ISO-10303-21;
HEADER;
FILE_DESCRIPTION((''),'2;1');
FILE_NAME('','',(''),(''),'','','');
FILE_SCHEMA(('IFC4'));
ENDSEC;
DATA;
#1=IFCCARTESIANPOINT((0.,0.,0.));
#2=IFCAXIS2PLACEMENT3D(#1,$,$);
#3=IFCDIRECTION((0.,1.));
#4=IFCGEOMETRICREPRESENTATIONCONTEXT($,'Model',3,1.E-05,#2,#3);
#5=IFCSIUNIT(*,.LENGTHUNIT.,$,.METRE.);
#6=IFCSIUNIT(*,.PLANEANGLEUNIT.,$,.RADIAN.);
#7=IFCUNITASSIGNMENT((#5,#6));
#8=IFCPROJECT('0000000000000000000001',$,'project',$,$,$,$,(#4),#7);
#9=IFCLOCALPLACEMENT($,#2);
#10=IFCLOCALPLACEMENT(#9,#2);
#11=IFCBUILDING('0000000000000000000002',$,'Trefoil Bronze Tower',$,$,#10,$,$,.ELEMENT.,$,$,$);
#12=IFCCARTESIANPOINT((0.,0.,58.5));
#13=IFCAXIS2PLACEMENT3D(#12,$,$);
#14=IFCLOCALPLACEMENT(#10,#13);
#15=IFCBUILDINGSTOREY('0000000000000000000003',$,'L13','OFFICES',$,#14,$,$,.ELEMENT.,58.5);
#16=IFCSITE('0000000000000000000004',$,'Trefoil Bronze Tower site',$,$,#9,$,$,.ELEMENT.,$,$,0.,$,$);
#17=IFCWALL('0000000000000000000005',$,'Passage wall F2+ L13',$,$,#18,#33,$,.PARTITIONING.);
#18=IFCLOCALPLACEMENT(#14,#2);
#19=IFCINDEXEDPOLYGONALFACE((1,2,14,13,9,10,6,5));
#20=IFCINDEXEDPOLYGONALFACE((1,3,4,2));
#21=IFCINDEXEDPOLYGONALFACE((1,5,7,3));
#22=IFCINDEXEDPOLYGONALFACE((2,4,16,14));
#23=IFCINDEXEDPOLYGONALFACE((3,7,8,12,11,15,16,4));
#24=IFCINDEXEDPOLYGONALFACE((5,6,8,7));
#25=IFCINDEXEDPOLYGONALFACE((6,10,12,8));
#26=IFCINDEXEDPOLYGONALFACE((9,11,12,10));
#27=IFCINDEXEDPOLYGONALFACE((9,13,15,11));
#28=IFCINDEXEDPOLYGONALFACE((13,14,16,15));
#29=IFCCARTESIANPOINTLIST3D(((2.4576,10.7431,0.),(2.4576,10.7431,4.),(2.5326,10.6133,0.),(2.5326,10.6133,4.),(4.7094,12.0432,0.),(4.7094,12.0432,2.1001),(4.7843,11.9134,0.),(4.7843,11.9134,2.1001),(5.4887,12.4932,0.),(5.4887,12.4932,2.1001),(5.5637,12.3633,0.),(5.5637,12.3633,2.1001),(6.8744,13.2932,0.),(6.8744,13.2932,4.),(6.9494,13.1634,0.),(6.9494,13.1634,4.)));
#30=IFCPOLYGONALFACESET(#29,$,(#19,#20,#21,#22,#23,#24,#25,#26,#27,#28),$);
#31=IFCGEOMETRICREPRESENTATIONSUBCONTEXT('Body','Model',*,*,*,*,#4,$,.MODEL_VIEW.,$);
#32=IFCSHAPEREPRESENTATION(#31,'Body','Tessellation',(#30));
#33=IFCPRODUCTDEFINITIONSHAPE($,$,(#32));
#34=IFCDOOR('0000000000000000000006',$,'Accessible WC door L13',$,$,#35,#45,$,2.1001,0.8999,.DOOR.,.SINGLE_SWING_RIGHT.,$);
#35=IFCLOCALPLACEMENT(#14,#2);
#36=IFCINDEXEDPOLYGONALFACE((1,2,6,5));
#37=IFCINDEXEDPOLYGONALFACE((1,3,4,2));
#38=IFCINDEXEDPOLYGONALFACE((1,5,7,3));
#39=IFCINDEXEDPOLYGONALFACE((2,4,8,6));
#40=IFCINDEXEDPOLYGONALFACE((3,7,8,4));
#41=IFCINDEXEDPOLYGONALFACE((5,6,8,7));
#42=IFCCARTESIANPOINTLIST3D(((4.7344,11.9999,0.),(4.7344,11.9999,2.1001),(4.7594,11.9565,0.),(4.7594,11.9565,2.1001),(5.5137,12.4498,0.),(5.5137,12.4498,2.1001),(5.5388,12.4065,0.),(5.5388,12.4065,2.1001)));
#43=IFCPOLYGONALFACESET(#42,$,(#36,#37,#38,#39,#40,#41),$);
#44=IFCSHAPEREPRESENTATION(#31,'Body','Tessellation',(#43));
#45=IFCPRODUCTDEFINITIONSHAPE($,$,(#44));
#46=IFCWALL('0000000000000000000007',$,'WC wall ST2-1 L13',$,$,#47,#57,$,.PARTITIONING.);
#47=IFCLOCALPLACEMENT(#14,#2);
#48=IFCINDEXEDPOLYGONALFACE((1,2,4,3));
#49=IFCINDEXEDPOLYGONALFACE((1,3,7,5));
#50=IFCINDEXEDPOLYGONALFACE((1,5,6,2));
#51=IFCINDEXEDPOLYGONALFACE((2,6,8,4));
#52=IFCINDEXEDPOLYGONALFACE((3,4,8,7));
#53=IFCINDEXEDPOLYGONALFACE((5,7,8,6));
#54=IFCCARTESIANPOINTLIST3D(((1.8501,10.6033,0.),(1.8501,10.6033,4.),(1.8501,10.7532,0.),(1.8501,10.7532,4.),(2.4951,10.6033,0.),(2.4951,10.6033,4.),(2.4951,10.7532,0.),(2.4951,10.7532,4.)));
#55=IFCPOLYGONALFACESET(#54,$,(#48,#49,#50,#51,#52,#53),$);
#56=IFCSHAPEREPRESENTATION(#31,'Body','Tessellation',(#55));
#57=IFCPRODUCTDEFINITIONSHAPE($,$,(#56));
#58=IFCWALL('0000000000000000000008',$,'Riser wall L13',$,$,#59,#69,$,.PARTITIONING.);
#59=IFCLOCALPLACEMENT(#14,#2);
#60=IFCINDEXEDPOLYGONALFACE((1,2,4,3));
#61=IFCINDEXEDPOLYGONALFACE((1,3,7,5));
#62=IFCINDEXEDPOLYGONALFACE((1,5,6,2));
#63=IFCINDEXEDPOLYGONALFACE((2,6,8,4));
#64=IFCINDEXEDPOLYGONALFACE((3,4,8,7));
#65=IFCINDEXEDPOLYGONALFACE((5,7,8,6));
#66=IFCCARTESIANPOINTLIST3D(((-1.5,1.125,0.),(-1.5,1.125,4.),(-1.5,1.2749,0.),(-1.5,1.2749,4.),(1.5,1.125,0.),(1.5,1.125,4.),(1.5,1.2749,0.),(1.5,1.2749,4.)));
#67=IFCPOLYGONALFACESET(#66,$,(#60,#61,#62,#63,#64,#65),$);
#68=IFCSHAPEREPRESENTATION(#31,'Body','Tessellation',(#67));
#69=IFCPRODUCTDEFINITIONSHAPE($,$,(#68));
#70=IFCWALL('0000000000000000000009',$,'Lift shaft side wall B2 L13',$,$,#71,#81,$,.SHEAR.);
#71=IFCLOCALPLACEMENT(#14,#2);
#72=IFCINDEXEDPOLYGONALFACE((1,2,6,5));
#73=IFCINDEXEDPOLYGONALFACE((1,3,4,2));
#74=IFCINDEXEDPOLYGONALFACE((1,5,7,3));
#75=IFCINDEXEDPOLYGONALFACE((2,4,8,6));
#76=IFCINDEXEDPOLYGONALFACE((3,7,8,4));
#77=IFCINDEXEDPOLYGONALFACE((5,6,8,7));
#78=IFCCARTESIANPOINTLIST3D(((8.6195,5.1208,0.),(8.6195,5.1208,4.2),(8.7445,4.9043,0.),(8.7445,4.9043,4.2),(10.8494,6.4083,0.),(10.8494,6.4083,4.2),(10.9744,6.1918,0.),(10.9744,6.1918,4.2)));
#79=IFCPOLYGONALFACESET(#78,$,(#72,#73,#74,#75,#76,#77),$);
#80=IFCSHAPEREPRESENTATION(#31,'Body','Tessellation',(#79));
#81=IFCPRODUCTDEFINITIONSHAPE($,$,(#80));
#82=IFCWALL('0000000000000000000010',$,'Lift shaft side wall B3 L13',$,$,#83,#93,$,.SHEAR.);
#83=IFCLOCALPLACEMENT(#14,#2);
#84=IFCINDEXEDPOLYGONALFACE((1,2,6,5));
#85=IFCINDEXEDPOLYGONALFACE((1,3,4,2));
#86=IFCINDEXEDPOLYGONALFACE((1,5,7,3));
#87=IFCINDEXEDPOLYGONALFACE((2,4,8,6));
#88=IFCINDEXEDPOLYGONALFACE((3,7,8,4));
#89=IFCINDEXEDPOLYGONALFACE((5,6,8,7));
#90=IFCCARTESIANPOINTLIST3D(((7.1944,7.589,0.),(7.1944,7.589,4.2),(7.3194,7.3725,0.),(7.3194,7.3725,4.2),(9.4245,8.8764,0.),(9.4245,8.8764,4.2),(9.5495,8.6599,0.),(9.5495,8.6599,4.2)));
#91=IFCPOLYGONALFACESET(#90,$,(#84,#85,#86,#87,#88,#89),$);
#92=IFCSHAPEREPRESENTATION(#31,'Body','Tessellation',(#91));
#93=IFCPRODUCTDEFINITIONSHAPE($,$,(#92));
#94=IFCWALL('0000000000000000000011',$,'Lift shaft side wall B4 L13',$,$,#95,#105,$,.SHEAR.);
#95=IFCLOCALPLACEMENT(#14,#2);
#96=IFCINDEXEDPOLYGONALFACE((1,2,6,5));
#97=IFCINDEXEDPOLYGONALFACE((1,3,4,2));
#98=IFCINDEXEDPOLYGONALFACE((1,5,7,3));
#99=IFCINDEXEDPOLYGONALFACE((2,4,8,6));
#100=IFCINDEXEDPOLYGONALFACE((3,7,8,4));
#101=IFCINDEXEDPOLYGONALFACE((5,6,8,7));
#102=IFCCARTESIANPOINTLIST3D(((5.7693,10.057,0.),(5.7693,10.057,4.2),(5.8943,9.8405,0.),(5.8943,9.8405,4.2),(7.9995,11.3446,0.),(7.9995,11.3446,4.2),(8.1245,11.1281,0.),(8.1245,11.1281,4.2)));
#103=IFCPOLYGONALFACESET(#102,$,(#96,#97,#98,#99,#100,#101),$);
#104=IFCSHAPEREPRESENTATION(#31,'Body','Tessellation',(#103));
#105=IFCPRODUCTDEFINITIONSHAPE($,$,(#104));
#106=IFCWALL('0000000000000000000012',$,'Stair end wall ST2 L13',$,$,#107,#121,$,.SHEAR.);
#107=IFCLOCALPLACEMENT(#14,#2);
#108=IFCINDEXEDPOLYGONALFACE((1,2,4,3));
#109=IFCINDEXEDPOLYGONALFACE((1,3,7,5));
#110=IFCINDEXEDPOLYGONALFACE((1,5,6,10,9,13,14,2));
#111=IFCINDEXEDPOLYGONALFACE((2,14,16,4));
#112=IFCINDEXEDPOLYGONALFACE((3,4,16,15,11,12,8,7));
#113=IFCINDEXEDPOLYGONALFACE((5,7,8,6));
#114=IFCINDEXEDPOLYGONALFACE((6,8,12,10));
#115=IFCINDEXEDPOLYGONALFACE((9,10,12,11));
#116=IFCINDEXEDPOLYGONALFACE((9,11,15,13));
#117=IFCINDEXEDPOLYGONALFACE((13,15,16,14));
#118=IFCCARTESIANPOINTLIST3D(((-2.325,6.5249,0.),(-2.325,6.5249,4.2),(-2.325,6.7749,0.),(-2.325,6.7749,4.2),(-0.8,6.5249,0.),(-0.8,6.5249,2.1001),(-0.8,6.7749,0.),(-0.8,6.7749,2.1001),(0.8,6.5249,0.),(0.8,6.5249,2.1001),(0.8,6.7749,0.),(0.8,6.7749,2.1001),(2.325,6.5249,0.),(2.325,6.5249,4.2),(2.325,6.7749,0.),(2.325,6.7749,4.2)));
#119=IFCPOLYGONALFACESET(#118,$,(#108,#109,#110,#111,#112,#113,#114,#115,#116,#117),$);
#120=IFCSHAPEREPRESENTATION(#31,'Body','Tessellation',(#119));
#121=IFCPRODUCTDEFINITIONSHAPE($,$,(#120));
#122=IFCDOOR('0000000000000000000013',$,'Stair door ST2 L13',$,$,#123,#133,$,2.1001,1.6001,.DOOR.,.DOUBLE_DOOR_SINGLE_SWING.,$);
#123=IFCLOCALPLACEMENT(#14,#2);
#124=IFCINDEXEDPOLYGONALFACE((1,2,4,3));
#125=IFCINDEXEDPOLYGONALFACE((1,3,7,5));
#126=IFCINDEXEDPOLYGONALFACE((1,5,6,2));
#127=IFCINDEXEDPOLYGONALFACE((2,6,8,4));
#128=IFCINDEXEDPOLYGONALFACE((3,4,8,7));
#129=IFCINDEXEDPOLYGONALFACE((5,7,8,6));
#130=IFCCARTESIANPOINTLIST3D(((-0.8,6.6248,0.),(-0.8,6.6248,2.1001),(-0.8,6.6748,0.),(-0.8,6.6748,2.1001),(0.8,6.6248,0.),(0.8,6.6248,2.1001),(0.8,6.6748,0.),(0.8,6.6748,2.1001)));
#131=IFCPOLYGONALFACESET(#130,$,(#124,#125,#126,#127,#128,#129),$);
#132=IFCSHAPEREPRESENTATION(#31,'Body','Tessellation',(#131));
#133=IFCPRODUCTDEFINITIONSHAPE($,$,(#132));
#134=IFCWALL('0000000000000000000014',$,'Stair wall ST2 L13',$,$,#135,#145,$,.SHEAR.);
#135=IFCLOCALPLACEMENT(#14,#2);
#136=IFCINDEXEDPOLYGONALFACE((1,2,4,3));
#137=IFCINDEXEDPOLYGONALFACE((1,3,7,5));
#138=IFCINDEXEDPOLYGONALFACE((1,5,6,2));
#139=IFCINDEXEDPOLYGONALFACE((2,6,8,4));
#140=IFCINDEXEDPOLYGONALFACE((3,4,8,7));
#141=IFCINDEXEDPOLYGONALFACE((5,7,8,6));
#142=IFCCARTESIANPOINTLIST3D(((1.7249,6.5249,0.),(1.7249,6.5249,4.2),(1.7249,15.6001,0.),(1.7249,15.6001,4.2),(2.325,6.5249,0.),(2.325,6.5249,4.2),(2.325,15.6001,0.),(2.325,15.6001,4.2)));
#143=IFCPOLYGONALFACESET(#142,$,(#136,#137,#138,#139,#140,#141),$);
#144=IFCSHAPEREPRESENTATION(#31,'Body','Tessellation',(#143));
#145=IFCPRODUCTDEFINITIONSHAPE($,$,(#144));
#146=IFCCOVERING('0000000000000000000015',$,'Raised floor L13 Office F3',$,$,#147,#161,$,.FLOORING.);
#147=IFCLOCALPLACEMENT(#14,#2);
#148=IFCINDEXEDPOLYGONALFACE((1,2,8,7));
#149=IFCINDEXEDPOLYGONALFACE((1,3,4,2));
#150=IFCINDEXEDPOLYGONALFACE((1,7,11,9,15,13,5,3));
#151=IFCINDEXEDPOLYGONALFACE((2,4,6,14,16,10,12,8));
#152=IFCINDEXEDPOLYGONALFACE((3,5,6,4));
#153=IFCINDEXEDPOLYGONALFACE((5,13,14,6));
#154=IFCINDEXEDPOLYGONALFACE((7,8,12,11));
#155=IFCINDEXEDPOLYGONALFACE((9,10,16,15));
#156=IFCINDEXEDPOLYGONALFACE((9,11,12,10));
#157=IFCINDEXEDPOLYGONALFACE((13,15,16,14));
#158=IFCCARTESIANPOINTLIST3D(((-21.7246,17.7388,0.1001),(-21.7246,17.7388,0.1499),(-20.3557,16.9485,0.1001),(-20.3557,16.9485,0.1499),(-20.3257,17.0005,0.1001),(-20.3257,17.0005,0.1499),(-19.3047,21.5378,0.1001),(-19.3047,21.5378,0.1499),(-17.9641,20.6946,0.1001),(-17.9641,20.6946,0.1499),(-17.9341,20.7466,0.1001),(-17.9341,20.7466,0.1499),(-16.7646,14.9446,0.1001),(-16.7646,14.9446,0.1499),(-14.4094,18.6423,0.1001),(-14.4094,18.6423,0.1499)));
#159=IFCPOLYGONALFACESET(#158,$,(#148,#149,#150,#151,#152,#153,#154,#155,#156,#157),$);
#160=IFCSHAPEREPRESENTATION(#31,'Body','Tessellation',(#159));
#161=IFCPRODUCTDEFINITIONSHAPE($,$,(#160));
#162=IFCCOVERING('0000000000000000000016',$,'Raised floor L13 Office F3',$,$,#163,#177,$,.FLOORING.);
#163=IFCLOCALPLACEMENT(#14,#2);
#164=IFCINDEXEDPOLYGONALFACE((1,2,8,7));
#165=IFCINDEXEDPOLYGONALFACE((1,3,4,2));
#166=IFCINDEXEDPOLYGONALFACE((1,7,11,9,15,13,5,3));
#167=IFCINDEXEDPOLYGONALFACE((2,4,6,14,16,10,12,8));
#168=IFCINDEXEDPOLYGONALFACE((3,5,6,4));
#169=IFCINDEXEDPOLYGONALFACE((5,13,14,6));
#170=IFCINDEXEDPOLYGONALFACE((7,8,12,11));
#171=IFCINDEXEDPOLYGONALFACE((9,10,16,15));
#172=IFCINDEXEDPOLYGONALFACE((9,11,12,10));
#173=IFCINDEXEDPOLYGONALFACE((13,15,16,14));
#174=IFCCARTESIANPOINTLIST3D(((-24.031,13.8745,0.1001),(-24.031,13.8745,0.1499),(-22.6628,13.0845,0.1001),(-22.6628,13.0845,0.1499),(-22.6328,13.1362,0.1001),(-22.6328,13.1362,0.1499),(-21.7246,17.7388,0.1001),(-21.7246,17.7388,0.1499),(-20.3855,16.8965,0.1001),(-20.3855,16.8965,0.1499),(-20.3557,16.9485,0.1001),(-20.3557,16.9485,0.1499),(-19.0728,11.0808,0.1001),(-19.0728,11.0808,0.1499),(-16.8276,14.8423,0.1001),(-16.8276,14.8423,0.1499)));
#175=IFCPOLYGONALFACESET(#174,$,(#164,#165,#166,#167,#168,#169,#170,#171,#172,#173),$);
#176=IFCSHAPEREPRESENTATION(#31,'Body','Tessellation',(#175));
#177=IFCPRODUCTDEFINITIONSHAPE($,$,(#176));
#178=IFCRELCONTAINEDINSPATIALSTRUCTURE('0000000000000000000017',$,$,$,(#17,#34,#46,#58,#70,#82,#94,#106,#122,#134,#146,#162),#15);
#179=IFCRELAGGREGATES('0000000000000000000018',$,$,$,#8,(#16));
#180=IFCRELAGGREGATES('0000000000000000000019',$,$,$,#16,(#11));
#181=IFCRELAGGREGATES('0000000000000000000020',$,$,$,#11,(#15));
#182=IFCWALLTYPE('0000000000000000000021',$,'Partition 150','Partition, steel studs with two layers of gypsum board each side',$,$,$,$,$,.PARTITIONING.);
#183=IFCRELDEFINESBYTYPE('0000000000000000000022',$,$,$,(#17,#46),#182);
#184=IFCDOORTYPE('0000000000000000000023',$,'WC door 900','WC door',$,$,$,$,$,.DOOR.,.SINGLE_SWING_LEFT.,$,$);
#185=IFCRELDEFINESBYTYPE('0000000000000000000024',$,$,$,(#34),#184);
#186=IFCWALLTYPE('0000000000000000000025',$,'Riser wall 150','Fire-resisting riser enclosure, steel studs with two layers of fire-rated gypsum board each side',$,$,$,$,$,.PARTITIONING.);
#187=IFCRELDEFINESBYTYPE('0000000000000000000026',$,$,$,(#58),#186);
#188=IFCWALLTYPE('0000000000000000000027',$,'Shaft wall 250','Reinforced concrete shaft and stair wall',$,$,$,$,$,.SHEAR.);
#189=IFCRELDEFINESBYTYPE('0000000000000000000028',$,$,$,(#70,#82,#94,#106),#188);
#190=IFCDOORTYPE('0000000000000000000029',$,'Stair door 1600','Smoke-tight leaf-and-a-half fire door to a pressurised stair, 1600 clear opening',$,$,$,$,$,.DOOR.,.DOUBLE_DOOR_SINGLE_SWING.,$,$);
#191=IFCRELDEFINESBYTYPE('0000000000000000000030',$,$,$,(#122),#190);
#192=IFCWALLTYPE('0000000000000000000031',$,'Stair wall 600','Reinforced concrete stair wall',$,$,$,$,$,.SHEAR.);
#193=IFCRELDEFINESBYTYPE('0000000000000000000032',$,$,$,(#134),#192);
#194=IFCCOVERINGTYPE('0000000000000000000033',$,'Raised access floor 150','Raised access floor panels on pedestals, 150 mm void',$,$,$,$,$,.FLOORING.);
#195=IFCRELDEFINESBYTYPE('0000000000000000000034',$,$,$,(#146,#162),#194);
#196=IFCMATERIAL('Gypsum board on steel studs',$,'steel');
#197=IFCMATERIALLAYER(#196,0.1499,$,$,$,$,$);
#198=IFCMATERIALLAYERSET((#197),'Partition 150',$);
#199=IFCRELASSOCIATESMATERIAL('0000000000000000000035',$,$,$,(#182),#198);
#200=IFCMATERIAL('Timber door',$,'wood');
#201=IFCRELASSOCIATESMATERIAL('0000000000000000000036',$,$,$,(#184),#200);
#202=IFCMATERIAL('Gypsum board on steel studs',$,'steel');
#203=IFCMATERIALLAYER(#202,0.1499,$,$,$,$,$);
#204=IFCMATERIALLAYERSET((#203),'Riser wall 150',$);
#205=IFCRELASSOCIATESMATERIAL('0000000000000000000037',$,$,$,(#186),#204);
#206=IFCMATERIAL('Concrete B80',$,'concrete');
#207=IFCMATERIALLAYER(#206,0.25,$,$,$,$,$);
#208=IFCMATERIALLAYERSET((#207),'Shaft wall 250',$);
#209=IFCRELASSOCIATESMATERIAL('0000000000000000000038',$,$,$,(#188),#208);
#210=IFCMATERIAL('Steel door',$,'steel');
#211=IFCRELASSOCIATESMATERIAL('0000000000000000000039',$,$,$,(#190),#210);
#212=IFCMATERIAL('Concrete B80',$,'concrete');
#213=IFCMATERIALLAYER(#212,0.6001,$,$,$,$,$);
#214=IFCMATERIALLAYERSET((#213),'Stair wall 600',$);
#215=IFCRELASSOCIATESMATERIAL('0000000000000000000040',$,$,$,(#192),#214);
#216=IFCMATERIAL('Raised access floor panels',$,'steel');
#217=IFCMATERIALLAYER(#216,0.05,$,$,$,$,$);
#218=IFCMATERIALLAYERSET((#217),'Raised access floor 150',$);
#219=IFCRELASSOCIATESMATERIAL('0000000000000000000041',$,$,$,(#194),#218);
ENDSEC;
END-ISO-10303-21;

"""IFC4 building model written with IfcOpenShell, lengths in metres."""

from ifc_helpers import new_model, si_unit, direction, frame, frame_2d, origin, place, context, subcontext, project, spatial, polyline, rectangle, outline, extrude, material, layer, layer_set, type_object, element, fill, save


model = new_model("IFC4")

# Units and contexts
model_context = context("Model", 3, precision=1e-05, world=origin(), true_north=direction((0.0, 1.0)))
body_context = subcontext(model_context, "Body", "Model", "MODEL_VIEW")
ifc_project = project(units=[si_unit("LENGTHUNIT", "METRE"), si_unit("PLANEANGLEUNIT", "RADIAN")], contexts=[model_context])

# Site, building, storey
site_placement = place(None, origin())
site = spatial("IfcSite", under=ifc_project, at=site_placement, Name="Trefoil Bronze Tower site", CompositionType="ELEMENT", RefElevation=0.0)
building_placement = place(site_placement, origin())
building = spatial("IfcBuilding", under=site, at=building_placement, Name="Trefoil Bronze Tower", CompositionType="ELEMENT")
storey_placement = place(building_placement, frame((0.0, 0.0, 58.5)))
storey = spatial("IfcBuildingStorey", under=building, at=storey_placement, Name="L13", Description="OFFICES", CompositionType="ELEMENT", Elevation=58.5)

# Wall, opening, door
ifc_material_1 = material(Name="Gypsum board on steel studs", Category="steel")
ifc_layer_1 = layer(ifc_material_1, 0.1499)
ifc_layer_set_1 = layer_set([ifc_layer_1], Name="Partition 150")
wall_type_1 = type_object("IfcWallType", Name="Partition 150", Description="Partition, steel studs with two layers of gypsum board each side", PredefinedType="PARTITIONING", material=ifc_layer_set_1)
wall_1_placement = place(storey_placement, frame((2.4951, 10.6782, 0.0), z_axis=(0.0, 0.0, 1.0), x_axis=(0.866022, 0.500006, 0.0)))
wall_1 = element("IfcWall", 1, at=wall_1_placement, inside=storey, type_object=wall_type_1, Name="Passage wall F2+ L13", PredefinedType="PARTITIONING", context=body_context, shape_type="SweptSolid", body=[
    extrude(rectangle(XDim=5.1001, YDim=0.1499, at=frame_2d((2.55, 0.0))), origin(), (0.0, 0.0, 1.0), 4.0),
])
opening_1_placement = place(wall_1_placement, frame((2.6001, 0.0, 0.0)))
opening_1 = element("IfcOpeningElement", 2, at=opening_1_placement, cuts=wall_1, PredefinedType="OPENING", context=body_context, shape_type="SweptSolid", body=[
    extrude(rectangle(XDim=0.8999, YDim=2.1001, at=frame_2d((0.45, 1.05))), frame((0.0, 0.085, 0.0), z_axis=(0.0, -1.0, 0.0), x_axis=(1.0, 0.0, 0.0)), (0.0, 0.0, 1.0), 0.1699),
])
ifc_material_2 = material(Name="Timber door", Category="wood")
door_type_1 = type_object("IfcDoorType", Name="WC door 900", Description="WC door", OperationType="SINGLE_SWING_LEFT", PredefinedType="DOOR", material=ifc_material_2)
door_1_placement = place(opening_1_placement, origin())
door_1 = element("IfcDoor", 3, at=door_1_placement, inside=storey, type_object=door_type_1, Name="Accessible WC door L13", OperationType="SINGLE_SWING_RIGHT", OverallHeight=2.1001, OverallWidth=0.8999, PredefinedType="DOOR", context=body_context, shape_type="SweptSolid", body=[
    extrude(rectangle(XDim=0.8999, YDim=2.1001, at=frame_2d((0.45, 1.05))), frame((0.0, 0.0249, 0.0), z_axis=(0.0, -1.0, 0.0), x_axis=(1.0, 0.0, 0.0)), (0.0, 0.0, 1.0), 0.05),
])
fill(opening_1, door_1)

# Walls
wall_2_placement = place(storey_placement, frame((2.4951, 10.6782, 0.0), z_axis=(0.0, 0.0, 1.0), x_axis=(-1.0, 0.0, 0.0)))
element("IfcWall", 4, at=wall_2_placement, inside=storey, type_object=wall_type_1, Name="WC wall ST2-1 L13", PredefinedType="PARTITIONING", context=body_context, shape_type="SweptSolid", body=[
    extrude(rectangle(XDim=0.645, YDim=0.1499, at=frame_2d((0.3225, 0.0))), origin(), (0.0, 0.0, 1.0), 4.0),
])
ifc_material_3 = material(Name="Gypsum board on steel studs", Category="steel")
ifc_layer_2 = layer(ifc_material_3, 0.1499)
ifc_layer_set_2 = layer_set([ifc_layer_2], Name="Riser wall 150")
wall_type_2 = type_object("IfcWallType", Name="Riser wall 150", Description="Fire-resisting riser enclosure, steel studs with two layers of fire-rated gypsum board each side", PredefinedType="PARTITIONING", material=ifc_layer_set_2)
wall_3_placement = place(storey_placement, frame((1.5, 1.2, 0.0), z_axis=(0.0, 0.0, 1.0), x_axis=(-1.0, 0.0, 0.0)))
element("IfcWall", 5, at=wall_3_placement, inside=storey, type_object=wall_type_2, Name="Riser wall L13", PredefinedType="PARTITIONING", context=body_context, shape_type="SweptSolid", body=[
    extrude(rectangle(XDim=3.0, YDim=0.1499, at=frame_2d((1.5, 0.0))), origin(), (0.0, 0.0, 1.0), 4.0),
])
ifc_material_4 = material(Name="Concrete B80", Category="concrete")
ifc_layer_3 = layer(ifc_material_4, 0.25)
ifc_layer_set_3 = layer_set([ifc_layer_3], Name="Shaft wall 250")
wall_type_3 = type_object("IfcWallType", Name="Shaft wall 250", Description="Reinforced concrete shaft and stair wall", PredefinedType="SHEAR", material=ifc_layer_set_3)
for number, where, z_axis, x_axis, name in (
    (6, (8.6819, 5.0125, 0.0), (0.0, 0.0, 1.0), (0.866006, 0.500034, 0.0), "Lift shaft side wall B2 L13"),
    (7, (7.2568, 7.4807, 0.0), (0.0, 0.0, 1.0), (0.866047, 0.499963, 0.0), "Lift shaft side wall B3 L13"),
):
    element("IfcWall", number, at=place(storey_placement, frame(where, z_axis=z_axis, x_axis=x_axis)), inside=storey, type_object=wall_type_3, Name=name, PredefinedType="SHEAR", context=body_context, shape_type="SweptSolid", body=[
        extrude(rectangle(XDim=2.575, YDim=0.25, at=frame_2d((1.2876, 0.0))), origin(), (0.0, 0.0, 1.0), 4.2),
    ])
wall_4_placement = place(storey_placement, frame((5.8318, 9.9487, 0.0), z_axis=(0.0, 0.0, 1.0), x_axis=(0.866029, 0.499993, 0.0)))
element("IfcWall", 8, at=wall_4_placement, inside=storey, type_object=wall_type_3, Name="Lift shaft side wall B4 L13", PredefinedType="SHEAR", context=body_context, shape_type="SweptSolid", body=[
    extrude(rectangle(XDim=2.5752, YDim=0.25, at=frame_2d((1.2876, 0.0))), origin(), (0.0, 0.0, 1.0), 4.2),
])

# Wall, opening, door
wall_5_placement = place(storey_placement, frame((2.325, 6.6499, 0.0), z_axis=(0.0, 0.0, 1.0), x_axis=(-1.0, 0.0, 0.0)))
wall_5 = element("IfcWall", 9, at=wall_5_placement, inside=storey, type_object=wall_type_3, Name="Stair end wall ST2 L13", PredefinedType="SHEAR", context=body_context, shape_type="SweptSolid", body=[
    extrude(rectangle(XDim=4.6499, YDim=0.25, at=frame_2d((2.325, 0.0))), origin(), (0.0, 0.0, 1.0), 4.2),
])
opening_2_placement = place(wall_5_placement, frame((1.5249, 0.0, 0.0)))
opening_2 = element("IfcOpeningElement", 10, at=opening_2_placement, cuts=wall_5, PredefinedType="OPENING", context=body_context, shape_type="SweptSolid", body=[
    extrude(rectangle(XDim=1.6001, YDim=2.1001, at=frame_2d((0.8, 1.05))), frame((0.0, 0.135, 0.0), z_axis=(0.0, -1.0, 0.0), x_axis=(1.0, 0.0, 0.0)), (0.0, 0.0, 1.0), 0.27),
])
ifc_material_5 = material(Name="Steel door", Category="steel")
door_type_2 = type_object("IfcDoorType", Name="Stair door 1600", Description="Smoke-tight leaf-and-a-half fire door to a pressurised stair, 1600 clear opening", OperationType="DOUBLE_DOOR_SINGLE_SWING", PredefinedType="DOOR", material=ifc_material_5)
door_2_placement = place(opening_2_placement, frame((1.6001, 0.0, 0.0), z_axis=(0.0, 0.0, 1.0), x_axis=(-1.0, 0.0, 0.0)))
door_2 = element("IfcDoor", 11, at=door_2_placement, inside=storey, type_object=door_type_2, Name="Stair door ST2 L13", OperationType="DOUBLE_DOOR_SINGLE_SWING", OverallHeight=2.1001, OverallWidth=1.6001, PredefinedType="DOOR", context=body_context, shape_type="SweptSolid", body=[
    extrude(rectangle(XDim=1.6001, YDim=2.1001, at=frame_2d((0.8, 1.05))), frame((0.0, 0.0249, 0.0), z_axis=(0.0, -1.0, 0.0), x_axis=(1.0, 0.0, 0.0)), (0.0, 0.0, 1.0), 0.05),
])
fill(opening_2, door_2)

# Wall
ifc_material_6 = material(Name="Concrete B80", Category="concrete")
ifc_layer_4 = layer(ifc_material_6, 0.6001)
ifc_layer_set_4 = layer_set([ifc_layer_4], Name="Stair wall 600")
wall_type_4 = type_object("IfcWallType", Name="Stair wall 600", Description="Reinforced concrete stair wall", PredefinedType="SHEAR", material=ifc_layer_set_4)
wall_6_placement = place(storey_placement, frame((2.0249, 6.5249, 0.0), z_axis=(0.0, 0.0, 1.0), x_axis=(0.0, 1.0, 0.0)))
element("IfcWall", 12, at=wall_6_placement, inside=storey, type_object=wall_type_4, Name="Stair wall ST2 L13", PredefinedType="SHEAR", context=body_context, shape_type="SweptSolid", body=[
    extrude(rectangle(XDim=9.0752, YDim=0.6001, at=frame_2d((4.5376, 0.0))), origin(), (0.0, 0.0, 1.0), 4.2),
])

# Coverings
ifc_material_7 = material(Name="Raised access floor panels", Category="steel")
ifc_layer_5 = layer(ifc_material_7, 0.05)
ifc_layer_set_5 = layer_set([ifc_layer_5], Name="Raised access floor 150")
covering_type = type_object("IfcCoveringType", Name="Raised access floor 150", Description="Raised access floor panels on pedestals, 150 mm void", PredefinedType="FLOORING", material=ifc_layer_set_5)
covering_1_placement = place(storey_placement, frame((0.0, 0.0, 0.1001)))
element("IfcCovering", 13, at=covering_1_placement, inside=storey, type_object=covering_type, Name="Raised floor L13 Office F3", PredefinedType="FLOORING", context=body_context, shape_type="SweptSolid", body=[
    extrude(outline(polyline([(-19.3047, 21.5378), (-17.9341, 20.7466), (-17.9641, 20.6946), (-14.4094, 18.6423), (-16.7646, 14.9446), (-20.3257, 17.0005), (-20.3557, 16.9485), (-21.7246, 17.7388), (-19.3047, 21.5378)])), origin(), (0.0, 0.0, 1.0), 0.0498),
])
covering_2_placement = place(storey_placement, frame((0.0, 0.0, 0.1001)))
element("IfcCovering", 14, at=covering_2_placement, inside=storey, type_object=covering_type, Name="Raised floor L13 Office F3", PredefinedType="FLOORING", context=body_context, shape_type="SweptSolid", body=[
    extrude(outline(polyline([(-24.031, 13.8745), (-21.7246, 17.7388), (-20.3557, 16.9485), (-20.3855, 16.8965), (-16.8276, 14.8423), (-19.0728, 11.0808), (-22.6328, 13.1362), (-22.6628, 13.0845), (-24.031, 13.8745)])), origin(), (0.0, 0.0, 1.0), 0.0498),
])

save(model, "model.ifc")
